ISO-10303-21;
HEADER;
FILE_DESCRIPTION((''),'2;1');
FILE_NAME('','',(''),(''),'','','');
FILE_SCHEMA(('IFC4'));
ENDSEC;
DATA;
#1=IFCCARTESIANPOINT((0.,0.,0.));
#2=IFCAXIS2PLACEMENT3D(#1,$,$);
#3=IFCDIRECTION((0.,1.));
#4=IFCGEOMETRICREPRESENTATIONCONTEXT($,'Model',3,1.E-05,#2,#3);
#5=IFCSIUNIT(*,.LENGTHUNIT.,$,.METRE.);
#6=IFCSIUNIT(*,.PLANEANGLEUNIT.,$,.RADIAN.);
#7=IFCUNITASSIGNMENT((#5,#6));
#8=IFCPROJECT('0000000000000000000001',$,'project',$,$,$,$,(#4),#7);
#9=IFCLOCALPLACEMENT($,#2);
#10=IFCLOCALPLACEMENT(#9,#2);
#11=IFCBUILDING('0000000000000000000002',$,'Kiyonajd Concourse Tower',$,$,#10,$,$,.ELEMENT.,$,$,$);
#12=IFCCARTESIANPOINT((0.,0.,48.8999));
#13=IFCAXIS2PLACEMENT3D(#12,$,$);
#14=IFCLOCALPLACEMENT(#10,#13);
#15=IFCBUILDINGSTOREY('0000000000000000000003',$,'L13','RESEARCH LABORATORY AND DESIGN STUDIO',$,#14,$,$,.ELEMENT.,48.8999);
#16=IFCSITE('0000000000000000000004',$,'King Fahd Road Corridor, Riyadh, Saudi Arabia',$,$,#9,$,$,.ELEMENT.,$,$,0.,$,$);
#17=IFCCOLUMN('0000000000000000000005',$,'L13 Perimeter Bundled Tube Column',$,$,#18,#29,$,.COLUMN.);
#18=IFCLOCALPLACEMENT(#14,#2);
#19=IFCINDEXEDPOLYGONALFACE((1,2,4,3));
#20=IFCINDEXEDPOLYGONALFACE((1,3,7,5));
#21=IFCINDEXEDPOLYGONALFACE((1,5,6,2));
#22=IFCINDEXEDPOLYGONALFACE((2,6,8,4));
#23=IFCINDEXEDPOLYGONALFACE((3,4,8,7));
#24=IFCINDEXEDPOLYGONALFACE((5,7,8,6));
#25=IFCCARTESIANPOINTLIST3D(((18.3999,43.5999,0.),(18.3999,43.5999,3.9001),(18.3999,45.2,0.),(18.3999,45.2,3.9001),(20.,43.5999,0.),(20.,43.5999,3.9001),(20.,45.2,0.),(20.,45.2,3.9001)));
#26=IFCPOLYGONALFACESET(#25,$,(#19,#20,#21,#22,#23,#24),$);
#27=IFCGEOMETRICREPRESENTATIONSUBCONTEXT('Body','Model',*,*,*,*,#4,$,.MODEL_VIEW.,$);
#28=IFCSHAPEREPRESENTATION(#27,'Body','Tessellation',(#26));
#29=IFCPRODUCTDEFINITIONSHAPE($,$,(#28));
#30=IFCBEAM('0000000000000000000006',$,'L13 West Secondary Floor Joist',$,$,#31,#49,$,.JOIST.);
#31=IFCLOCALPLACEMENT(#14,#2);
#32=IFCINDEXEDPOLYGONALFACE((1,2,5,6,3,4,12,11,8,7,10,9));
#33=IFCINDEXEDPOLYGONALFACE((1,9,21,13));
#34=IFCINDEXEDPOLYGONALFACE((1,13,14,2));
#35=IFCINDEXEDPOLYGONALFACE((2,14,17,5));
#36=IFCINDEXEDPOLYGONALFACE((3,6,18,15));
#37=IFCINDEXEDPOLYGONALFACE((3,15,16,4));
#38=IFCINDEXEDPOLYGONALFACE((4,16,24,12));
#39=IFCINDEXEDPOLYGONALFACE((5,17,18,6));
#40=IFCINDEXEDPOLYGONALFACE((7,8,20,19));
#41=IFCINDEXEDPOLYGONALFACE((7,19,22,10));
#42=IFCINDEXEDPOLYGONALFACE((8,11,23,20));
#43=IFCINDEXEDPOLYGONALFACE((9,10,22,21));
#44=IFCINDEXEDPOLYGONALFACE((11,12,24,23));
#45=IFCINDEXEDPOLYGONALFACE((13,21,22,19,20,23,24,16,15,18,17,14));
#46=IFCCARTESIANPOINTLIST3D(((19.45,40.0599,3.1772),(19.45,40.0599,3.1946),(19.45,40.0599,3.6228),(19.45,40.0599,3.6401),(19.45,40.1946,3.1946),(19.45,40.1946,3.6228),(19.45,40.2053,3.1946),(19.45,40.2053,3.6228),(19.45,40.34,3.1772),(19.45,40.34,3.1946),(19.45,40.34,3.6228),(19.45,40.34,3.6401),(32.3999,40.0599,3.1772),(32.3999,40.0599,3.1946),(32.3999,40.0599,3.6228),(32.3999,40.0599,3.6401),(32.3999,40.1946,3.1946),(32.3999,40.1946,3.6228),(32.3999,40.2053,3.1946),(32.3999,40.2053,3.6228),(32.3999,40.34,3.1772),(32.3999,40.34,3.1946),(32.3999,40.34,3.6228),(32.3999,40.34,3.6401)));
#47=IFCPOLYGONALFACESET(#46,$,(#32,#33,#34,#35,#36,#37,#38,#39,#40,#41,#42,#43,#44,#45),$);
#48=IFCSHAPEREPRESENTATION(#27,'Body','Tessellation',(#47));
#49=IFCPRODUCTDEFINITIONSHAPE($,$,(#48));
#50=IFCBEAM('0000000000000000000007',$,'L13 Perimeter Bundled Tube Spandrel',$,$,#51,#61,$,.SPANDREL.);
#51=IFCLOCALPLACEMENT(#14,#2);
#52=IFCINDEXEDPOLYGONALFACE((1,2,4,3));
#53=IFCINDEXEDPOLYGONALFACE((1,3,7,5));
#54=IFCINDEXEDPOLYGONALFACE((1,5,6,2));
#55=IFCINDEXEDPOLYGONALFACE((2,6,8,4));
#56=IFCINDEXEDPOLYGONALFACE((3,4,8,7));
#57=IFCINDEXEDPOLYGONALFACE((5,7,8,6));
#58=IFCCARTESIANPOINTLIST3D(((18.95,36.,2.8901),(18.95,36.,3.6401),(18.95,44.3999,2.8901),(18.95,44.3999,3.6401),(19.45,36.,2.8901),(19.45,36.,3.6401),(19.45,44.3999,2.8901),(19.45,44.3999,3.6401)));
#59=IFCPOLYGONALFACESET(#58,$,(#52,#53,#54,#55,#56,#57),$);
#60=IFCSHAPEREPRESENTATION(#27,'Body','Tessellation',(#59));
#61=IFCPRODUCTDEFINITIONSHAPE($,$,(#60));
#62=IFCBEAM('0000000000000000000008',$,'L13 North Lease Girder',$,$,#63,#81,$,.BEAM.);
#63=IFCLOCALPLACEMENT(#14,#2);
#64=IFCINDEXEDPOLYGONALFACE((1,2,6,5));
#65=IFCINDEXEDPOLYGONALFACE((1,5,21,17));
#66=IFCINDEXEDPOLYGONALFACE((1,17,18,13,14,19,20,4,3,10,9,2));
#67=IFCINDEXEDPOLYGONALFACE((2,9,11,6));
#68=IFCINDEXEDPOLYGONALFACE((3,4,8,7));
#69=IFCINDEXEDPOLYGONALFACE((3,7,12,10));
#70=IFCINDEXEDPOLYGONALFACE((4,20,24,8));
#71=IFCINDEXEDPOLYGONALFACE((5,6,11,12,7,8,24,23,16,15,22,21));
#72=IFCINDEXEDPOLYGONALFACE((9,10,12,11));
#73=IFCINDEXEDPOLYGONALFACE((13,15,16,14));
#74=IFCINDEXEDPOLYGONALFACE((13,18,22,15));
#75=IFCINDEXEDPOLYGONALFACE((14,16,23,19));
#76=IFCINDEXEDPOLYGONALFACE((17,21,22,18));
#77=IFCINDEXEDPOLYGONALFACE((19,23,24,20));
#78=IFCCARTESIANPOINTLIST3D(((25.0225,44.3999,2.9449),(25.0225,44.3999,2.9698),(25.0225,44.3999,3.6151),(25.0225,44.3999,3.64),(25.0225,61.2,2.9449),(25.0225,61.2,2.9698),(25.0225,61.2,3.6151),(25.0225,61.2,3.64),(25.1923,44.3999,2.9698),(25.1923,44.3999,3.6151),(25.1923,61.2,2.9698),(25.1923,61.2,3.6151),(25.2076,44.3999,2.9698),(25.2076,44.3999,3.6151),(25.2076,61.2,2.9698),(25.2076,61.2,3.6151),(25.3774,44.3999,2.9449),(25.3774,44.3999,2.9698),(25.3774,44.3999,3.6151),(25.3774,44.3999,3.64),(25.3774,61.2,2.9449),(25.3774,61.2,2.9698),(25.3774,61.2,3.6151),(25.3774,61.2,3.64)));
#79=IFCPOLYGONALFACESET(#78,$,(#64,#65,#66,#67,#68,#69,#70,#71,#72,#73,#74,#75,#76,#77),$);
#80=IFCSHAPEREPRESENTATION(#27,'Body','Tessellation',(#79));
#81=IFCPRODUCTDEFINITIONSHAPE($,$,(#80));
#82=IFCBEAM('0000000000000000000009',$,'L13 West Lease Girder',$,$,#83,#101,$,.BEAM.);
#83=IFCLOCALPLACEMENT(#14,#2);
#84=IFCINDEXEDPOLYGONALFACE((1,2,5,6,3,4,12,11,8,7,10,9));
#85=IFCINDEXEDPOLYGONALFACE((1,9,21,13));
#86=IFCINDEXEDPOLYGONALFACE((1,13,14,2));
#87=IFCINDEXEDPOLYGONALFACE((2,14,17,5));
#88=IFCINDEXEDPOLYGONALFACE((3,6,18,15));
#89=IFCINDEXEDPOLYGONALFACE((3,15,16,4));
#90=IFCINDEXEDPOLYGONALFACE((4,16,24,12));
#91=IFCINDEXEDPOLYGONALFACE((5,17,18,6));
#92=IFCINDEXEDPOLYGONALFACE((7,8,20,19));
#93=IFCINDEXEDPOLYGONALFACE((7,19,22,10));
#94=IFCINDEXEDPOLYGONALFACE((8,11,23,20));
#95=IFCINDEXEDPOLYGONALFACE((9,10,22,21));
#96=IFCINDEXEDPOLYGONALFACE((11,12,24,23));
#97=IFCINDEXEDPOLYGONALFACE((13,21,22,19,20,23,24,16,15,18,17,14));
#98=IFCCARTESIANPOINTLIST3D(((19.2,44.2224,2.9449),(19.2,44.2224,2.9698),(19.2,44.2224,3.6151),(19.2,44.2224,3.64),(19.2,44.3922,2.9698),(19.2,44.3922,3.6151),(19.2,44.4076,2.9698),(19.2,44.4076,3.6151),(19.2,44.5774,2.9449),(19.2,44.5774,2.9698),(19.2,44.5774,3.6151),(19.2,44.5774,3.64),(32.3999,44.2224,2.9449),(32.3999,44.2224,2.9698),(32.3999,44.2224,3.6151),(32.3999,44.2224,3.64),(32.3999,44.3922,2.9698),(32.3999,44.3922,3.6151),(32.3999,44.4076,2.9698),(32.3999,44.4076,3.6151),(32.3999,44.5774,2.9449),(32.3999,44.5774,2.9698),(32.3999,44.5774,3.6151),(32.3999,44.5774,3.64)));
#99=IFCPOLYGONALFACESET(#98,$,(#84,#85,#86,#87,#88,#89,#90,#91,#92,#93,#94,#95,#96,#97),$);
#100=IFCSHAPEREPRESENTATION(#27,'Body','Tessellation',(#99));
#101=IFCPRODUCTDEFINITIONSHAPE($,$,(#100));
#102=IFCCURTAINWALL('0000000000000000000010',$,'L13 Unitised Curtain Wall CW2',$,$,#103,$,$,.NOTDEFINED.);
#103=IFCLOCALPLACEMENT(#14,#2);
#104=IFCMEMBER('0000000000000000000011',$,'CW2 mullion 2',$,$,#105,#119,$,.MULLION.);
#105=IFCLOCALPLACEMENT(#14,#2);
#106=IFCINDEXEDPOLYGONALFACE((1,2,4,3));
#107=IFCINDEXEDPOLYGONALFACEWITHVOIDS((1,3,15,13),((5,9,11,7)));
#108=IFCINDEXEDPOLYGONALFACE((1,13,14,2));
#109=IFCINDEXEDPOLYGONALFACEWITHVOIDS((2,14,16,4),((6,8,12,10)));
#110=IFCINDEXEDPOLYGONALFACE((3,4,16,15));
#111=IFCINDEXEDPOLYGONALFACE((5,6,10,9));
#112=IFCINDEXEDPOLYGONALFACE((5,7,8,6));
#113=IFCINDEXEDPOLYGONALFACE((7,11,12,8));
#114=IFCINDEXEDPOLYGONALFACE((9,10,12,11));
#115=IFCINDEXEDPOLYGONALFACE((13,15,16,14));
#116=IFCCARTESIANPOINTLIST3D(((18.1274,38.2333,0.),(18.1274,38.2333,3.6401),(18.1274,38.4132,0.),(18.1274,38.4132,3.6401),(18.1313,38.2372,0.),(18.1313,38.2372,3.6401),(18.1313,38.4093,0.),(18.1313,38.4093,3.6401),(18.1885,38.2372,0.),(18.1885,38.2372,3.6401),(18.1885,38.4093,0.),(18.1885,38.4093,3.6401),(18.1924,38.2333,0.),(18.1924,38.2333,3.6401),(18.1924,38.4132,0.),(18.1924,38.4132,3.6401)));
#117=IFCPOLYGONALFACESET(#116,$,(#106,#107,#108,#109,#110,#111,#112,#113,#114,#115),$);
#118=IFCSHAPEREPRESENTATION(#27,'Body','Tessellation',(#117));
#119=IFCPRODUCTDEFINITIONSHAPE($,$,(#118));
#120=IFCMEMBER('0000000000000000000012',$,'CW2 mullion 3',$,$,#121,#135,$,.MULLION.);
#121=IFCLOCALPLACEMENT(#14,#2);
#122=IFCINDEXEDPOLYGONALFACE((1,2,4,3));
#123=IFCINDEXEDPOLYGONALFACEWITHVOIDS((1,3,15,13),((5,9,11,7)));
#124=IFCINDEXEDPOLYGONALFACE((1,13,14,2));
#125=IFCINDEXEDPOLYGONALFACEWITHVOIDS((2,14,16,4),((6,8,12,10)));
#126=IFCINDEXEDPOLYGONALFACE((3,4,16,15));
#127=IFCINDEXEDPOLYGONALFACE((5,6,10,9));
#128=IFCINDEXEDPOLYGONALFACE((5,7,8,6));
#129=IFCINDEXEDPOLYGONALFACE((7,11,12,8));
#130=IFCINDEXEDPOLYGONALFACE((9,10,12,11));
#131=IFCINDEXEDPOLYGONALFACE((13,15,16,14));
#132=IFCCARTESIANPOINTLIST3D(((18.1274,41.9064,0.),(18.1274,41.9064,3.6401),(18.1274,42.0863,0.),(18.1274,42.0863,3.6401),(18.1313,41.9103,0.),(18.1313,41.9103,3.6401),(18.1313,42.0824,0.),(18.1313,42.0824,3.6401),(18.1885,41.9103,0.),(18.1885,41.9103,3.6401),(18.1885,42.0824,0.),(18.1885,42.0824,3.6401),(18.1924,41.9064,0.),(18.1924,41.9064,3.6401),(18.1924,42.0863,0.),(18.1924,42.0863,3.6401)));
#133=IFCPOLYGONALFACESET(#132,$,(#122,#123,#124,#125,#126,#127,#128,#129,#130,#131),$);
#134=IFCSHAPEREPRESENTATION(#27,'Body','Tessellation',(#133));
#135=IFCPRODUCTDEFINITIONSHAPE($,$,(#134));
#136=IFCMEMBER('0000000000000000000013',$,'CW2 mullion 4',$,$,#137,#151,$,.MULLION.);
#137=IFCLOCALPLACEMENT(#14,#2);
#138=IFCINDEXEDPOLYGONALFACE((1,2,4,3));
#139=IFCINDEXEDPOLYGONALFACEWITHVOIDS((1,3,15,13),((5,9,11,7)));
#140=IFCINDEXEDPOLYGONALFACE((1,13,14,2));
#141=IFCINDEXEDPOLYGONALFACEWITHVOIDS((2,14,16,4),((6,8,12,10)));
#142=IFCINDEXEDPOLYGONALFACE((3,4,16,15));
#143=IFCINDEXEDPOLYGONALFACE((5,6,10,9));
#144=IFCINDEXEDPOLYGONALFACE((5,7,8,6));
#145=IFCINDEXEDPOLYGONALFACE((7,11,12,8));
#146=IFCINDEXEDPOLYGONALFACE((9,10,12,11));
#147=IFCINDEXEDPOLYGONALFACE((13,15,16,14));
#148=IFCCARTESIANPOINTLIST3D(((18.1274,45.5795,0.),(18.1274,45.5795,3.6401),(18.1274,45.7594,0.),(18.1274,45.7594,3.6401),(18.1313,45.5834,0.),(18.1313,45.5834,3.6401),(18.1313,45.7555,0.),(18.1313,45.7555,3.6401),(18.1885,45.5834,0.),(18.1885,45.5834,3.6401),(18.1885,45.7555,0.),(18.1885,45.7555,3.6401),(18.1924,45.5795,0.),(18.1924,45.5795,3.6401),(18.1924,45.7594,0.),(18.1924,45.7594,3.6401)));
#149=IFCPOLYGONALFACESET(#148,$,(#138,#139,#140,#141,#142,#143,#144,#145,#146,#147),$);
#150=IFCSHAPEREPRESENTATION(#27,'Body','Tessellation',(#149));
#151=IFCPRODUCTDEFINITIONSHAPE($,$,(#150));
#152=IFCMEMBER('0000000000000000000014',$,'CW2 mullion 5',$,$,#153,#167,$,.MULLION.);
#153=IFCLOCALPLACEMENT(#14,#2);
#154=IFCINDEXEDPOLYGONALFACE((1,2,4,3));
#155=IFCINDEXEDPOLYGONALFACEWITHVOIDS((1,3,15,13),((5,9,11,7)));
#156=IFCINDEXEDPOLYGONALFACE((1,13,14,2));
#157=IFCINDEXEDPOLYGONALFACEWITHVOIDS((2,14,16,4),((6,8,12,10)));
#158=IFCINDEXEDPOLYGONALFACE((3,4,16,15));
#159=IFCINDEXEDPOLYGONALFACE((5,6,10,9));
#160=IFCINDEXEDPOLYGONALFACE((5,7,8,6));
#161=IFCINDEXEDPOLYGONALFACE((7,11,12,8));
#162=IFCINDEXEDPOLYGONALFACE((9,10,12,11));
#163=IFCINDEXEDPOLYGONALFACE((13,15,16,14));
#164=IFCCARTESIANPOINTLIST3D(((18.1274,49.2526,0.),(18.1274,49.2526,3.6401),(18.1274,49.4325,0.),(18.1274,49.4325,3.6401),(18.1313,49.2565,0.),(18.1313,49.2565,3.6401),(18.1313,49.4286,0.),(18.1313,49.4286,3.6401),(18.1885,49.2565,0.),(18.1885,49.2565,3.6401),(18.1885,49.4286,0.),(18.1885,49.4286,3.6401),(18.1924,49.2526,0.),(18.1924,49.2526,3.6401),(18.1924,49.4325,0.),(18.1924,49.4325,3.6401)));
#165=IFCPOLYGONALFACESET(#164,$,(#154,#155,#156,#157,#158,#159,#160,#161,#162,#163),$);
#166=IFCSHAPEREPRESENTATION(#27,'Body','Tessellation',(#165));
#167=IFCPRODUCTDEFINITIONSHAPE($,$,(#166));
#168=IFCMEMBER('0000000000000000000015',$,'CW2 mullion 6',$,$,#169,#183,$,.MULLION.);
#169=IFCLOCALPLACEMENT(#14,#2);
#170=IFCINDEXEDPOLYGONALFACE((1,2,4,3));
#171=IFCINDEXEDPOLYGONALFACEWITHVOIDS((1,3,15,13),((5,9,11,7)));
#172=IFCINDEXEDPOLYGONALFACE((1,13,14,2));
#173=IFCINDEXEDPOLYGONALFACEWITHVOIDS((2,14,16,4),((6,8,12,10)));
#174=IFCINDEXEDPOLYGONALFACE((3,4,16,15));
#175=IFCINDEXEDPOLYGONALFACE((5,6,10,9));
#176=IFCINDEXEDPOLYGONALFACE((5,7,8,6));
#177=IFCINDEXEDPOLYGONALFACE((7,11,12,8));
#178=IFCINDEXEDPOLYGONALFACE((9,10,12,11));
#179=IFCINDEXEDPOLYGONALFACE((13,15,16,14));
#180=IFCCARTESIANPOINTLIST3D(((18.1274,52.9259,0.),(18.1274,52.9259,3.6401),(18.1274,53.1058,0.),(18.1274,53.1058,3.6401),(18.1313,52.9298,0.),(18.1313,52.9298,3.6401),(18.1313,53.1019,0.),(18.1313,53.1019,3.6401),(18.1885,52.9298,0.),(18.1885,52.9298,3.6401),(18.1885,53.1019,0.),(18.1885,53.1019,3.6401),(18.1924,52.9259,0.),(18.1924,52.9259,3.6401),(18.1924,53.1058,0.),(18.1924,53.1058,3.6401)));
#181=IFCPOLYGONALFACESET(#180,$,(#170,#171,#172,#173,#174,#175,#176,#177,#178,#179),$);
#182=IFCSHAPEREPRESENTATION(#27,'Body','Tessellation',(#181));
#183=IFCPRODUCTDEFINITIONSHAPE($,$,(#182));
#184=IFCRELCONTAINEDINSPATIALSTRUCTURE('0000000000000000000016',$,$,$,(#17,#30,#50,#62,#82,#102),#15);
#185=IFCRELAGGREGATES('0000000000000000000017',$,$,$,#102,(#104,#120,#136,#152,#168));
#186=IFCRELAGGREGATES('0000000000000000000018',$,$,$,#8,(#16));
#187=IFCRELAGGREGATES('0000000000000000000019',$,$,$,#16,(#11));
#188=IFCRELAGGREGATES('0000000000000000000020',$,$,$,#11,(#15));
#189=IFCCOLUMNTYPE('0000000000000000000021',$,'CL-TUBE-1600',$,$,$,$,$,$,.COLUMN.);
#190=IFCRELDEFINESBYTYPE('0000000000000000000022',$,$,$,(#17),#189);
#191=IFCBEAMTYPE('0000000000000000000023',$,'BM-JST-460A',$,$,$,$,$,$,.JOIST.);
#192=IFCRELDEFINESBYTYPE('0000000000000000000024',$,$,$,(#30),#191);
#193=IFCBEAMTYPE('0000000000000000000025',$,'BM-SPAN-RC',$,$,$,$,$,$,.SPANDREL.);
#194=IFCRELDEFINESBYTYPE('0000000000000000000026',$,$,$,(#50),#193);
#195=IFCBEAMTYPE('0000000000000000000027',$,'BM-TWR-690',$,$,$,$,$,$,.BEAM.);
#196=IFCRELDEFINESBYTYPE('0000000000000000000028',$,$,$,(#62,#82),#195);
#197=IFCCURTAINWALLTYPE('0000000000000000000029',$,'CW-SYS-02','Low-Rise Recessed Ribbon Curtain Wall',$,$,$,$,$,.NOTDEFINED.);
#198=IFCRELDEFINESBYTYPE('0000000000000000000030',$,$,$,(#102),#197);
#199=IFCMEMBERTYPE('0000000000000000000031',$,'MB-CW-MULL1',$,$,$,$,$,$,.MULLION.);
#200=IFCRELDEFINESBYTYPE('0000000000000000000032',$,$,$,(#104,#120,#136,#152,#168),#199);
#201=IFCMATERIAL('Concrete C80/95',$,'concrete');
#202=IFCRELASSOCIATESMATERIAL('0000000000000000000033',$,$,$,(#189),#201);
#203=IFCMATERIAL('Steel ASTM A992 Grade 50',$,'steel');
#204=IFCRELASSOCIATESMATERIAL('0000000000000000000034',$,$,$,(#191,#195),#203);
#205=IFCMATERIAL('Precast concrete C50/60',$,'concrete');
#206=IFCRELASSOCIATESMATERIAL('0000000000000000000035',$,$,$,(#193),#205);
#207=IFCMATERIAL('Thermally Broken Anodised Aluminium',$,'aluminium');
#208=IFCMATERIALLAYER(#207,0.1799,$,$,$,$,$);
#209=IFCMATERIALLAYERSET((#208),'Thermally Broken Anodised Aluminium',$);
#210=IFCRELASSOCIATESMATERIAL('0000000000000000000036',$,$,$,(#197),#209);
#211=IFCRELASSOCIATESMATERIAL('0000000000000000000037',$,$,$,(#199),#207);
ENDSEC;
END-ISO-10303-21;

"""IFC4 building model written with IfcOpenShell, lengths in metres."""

from ifc_helpers import new_model, si_unit, direction, frame, origin, origin_2d, place, context, subcontext, project, spatial, rectangle, hollow_rectangle, i_section, extrude, material, layer, layer_set, material_profile, profile_set, type_object, element, aggregate, save


model = new_model("IFC4")

# Units and contexts
model_context = context("Model", 3, precision=1e-05, world=origin(), true_north=direction((0.0, 1.0)))
body_context = subcontext(model_context, "Body", "Model", "MODEL_VIEW")
ifc_project = project(units=[si_unit("LENGTHUNIT", "METRE"), si_unit("PLANEANGLEUNIT", "RADIAN")], contexts=[model_context])

# Site, building, storey
site_placement = place(None, origin())
site = spatial("IfcSite", under=ifc_project, at=site_placement, Name="King Fahd Road Corridor, Riyadh, Saudi Arabia", CompositionType="ELEMENT", RefElevation=0.0)
building_placement = place(site_placement, origin())
building = spatial("IfcBuilding", under=site, at=building_placement, Name="Kiyonajd Concourse Tower", CompositionType="ELEMENT")
storey_placement = place(building_placement, frame((0.0, 0.0, 48.8999)))
storey = spatial("IfcBuildingStorey", under=building, at=storey_placement, Name="L13", Description="RESEARCH LABORATORY AND DESIGN STUDIO", CompositionType="ELEMENT", Elevation=48.8999)

# Column
ifc_material_1 = material(Name="Concrete C80/95", Category="concrete")
ifc_material_profile_1 = material_profile(ifc_material_1, rectangle(XDim=1.6001, YDim=1.6001, at=origin_2d()), Name="RC-1600x1600")
ifc_profile_set_1 = profile_set([ifc_material_profile_1], Name="Concrete C80/95")
column_type = type_object("IfcColumnType", Name="CL-TUBE-1600", PredefinedType="COLUMN", material=ifc_profile_set_1)
column_placement = place(storey_placement, frame((19.2, 44.3999, 0.0), z_axis=(0.0, 0.0, 1.0), x_axis=(1.0, 0.0, 0.0)))
element("IfcColumn", 1, at=column_placement, inside=storey, type_object=column_type, Name="L13 Perimeter Bundled Tube Column", PredefinedType="COLUMN", context=body_context, shape_type="SweptSolid", body=[
    extrude(rectangle(XDim=1.6001, YDim=1.6001, at=origin_2d()), origin(), (0.0, 0.0, 1.0), 3.9001),
])

# Beams
ifc_material_2 = material(Name="Steel ASTM A992 Grade 50", Category="steel")
ifc_material_profile_2 = material_profile(ifc_material_2, i_section(OverallWidth=0.28, OverallDepth=0.4629, WebThickness=0.0107, FlangeThickness=0.0173, at=origin_2d()), Name="W460X113")
ifc_profile_set_2 = profile_set([ifc_material_profile_2], Name="Steel ASTM A992 Grade 50")
beam_type_1 = type_object("IfcBeamType", Name="BM-JST-460A", PredefinedType="JOIST", material=ifc_profile_set_2)
beam_1_placement = place(storey_placement, frame((19.45, 40.2, 3.4087), z_axis=(1.0, 0.0, 0.0), x_axis=(0.0, 1.0, 0.0)))
element("IfcBeam", 2, at=beam_1_placement, inside=storey, type_object=beam_type_1, Name="L13 West Secondary Floor Joist", PredefinedType="JOIST", context=body_context, shape_type="SweptSolid", body=[
    extrude(i_section(OverallWidth=0.28, OverallDepth=0.4629, WebThickness=0.0107, FlangeThickness=0.0173, at=origin_2d()), origin(), (0.0, 0.0, 1.0), 12.95),
])
ifc_material_3 = material(Name="Precast concrete C50/60", Category="concrete")
ifc_material_profile_3 = material_profile(ifc_material_3, rectangle(XDim=0.5, YDim=0.75, at=origin_2d()), Name="RCBM-500x750")
ifc_profile_set_3 = profile_set([ifc_material_profile_3], Name="Precast concrete C50/60")
beam_type_2 = type_object("IfcBeamType", Name="BM-SPAN-RC", PredefinedType="SPANDREL", material=ifc_profile_set_3)
beam_2_placement = place(storey_placement, frame((19.2, 44.3999, 3.2651), z_axis=(0.0, -1.0, 0.0), x_axis=(1.0, 0.0, 0.0)))
element("IfcBeam", 3, at=beam_2_placement, inside=storey, type_object=beam_type_2, Name="L13 Perimeter Bundled Tube Spandrel", PredefinedType="SPANDREL", context=body_context, shape_type="SweptSolid", body=[
    extrude(rectangle(XDim=0.5, YDim=0.75, at=origin_2d()), origin(), (0.0, 0.0, 1.0), 8.3999),
])
ifc_material_profile_4 = material_profile(ifc_material_2, i_section(OverallWidth=0.355, OverallDepth=0.6951, WebThickness=0.0154, FlangeThickness=0.0249, at=origin_2d()), Name="W690X217")
ifc_profile_set_4 = profile_set([ifc_material_profile_4], Name="Steel ASTM A992 Grade 50")
beam_type_3 = type_object("IfcBeamType", Name="BM-TWR-690", PredefinedType="BEAM", material=ifc_profile_set_4)
beam_3_placement = place(storey_placement, frame((25.2, 44.3999, 3.2925), z_axis=(0.0, 1.0, 0.0), x_axis=(-1.0, 0.0, 0.0)))
element("IfcBeam", 4, at=beam_3_placement, inside=storey, type_object=beam_type_3, Name="L13 North Lease Girder", PredefinedType="BEAM", context=body_context, shape_type="SweptSolid", body=[
    extrude(i_section(OverallWidth=0.355, OverallDepth=0.6951, WebThickness=0.0154, FlangeThickness=0.0249, at=origin_2d()), origin(), (0.0, 0.0, 1.0), 16.8),
])
beam_4_placement = place(storey_placement, frame((19.2, 44.3999, 3.2925), z_axis=(1.0, 0.0, 0.0), x_axis=(0.0, 1.0, 0.0)))
element("IfcBeam", 5, at=beam_4_placement, inside=storey, type_object=beam_type_3, Name="L13 West Lease Girder", PredefinedType="BEAM", context=body_context, shape_type="SweptSolid", body=[
    extrude(i_section(OverallWidth=0.355, OverallDepth=0.6951, WebThickness=0.0154, FlangeThickness=0.0249, at=origin_2d()), origin(), (0.0, 0.0, 1.0), 13.2),
])

# Curtain wall, members
ifc_material_4 = material(Name="Thermally Broken Anodised Aluminium", Category="aluminium")
ifc_layer_1 = layer(ifc_material_4, 0.1799)
ifc_layer_set_1 = layer_set([ifc_layer_1], Name="Thermally Broken Anodised Aluminium")
curtain_wall_type = type_object("IfcCurtainWallType", Name="CW-SYS-02", Description="Low-Rise Recessed Ribbon Curtain Wall", PredefinedType="NOTDEFINED", material=ifc_layer_set_1)
curtain_wall_placement = place(storey_placement, origin())
curtain_wall = element("IfcCurtainWall", 6, at=curtain_wall_placement, inside=storey, type_object=curtain_wall_type, Name="L13 Unitised Curtain Wall CW2", PredefinedType="NOTDEFINED")
ifc_material_profile_5 = material_profile(ifc_material_4, hollow_rectangle(XDim=0.0649, YDim=0.1799, WallThickness=0.0039, at=origin_2d()), Name="MULL-65x180")
ifc_profile_set_5 = profile_set([ifc_material_profile_5], Name="Thermally Broken Anodised Aluminium")
member_type_1 = type_object("IfcMemberType", Name="MB-CW-MULL1", PredefinedType="MULLION", material=ifc_profile_set_5)
member_1_placement = place(storey_placement, frame((18.1599, 38.3232, 0.0), z_axis=(0.0, 0.0, 1.0), x_axis=(-1.0, 0.0, 0.0)))
member_1 = element("IfcMember", 7, at=member_1_placement, type_object=member_type_1, Name="CW2 mullion 2", PredefinedType="MULLION", context=body_context, shape_type="SweptSolid", body=[
    extrude(hollow_rectangle(XDim=0.0649, YDim=0.1799, WallThickness=0.0039, at=origin_2d()), origin(), (0.0, 0.0, 1.0), 3.6401),
])
member_2_placement = place(storey_placement, frame((18.1599, 41.9963, 0.0), z_axis=(0.0, 0.0, 1.0), x_axis=(-1.0, 0.0, 0.0)))
member_2 = element("IfcMember", 8, at=member_2_placement, type_object=member_type_1, Name="CW2 mullion 3", PredefinedType="MULLION", context=body_context, shape_type="SweptSolid", body=[
    extrude(hollow_rectangle(XDim=0.0649, YDim=0.1799, WallThickness=0.0039, at=origin_2d()), origin(), (0.0, 0.0, 1.0), 3.6401),
])
member_3_placement = place(storey_placement, frame((18.1599, 45.6694, 0.0), z_axis=(0.0, 0.0, 1.0), x_axis=(-1.0, 0.0, 0.0)))
member_3 = element("IfcMember", 9, at=member_3_placement, type_object=member_type_1, Name="CW2 mullion 4", PredefinedType="MULLION", context=body_context, shape_type="SweptSolid", body=[
    extrude(hollow_rectangle(XDim=0.0649, YDim=0.1799, WallThickness=0.0039, at=origin_2d()), origin(), (0.0, 0.0, 1.0), 3.6401),
])
member_4_placement = place(storey_placement, frame((18.1599, 49.3425, 0.0), z_axis=(0.0, 0.0, 1.0), x_axis=(-1.0, 0.0, 0.0)))
member_4 = element("IfcMember", 10, at=member_4_placement, type_object=member_type_1, Name="CW2 mullion 5", PredefinedType="MULLION", context=body_context, shape_type="SweptSolid", body=[
    extrude(hollow_rectangle(XDim=0.0649, YDim=0.1799, WallThickness=0.0039, at=origin_2d()), origin(), (0.0, 0.0, 1.0), 3.6401),
])
member_5_placement = place(storey_placement, frame((18.1599, 53.0159, 0.0), z_axis=(0.0, 0.0, 1.0), x_axis=(-1.0, 0.0, 0.0)))
member_5 = element("IfcMember", 11, at=member_5_placement, type_object=member_type_1, Name="CW2 mullion 6", PredefinedType="MULLION", context=body_context, shape_type="SweptSolid", body=[
    extrude(hollow_rectangle(XDim=0.0649, YDim=0.1799, WallThickness=0.0039, at=origin_2d()), origin(), (0.0, 0.0, 1.0), 3.6401),
])
aggregate(curtain_wall, [member_1, member_2, member_3, member_4, member_5])

save(model, "model.ifc")
